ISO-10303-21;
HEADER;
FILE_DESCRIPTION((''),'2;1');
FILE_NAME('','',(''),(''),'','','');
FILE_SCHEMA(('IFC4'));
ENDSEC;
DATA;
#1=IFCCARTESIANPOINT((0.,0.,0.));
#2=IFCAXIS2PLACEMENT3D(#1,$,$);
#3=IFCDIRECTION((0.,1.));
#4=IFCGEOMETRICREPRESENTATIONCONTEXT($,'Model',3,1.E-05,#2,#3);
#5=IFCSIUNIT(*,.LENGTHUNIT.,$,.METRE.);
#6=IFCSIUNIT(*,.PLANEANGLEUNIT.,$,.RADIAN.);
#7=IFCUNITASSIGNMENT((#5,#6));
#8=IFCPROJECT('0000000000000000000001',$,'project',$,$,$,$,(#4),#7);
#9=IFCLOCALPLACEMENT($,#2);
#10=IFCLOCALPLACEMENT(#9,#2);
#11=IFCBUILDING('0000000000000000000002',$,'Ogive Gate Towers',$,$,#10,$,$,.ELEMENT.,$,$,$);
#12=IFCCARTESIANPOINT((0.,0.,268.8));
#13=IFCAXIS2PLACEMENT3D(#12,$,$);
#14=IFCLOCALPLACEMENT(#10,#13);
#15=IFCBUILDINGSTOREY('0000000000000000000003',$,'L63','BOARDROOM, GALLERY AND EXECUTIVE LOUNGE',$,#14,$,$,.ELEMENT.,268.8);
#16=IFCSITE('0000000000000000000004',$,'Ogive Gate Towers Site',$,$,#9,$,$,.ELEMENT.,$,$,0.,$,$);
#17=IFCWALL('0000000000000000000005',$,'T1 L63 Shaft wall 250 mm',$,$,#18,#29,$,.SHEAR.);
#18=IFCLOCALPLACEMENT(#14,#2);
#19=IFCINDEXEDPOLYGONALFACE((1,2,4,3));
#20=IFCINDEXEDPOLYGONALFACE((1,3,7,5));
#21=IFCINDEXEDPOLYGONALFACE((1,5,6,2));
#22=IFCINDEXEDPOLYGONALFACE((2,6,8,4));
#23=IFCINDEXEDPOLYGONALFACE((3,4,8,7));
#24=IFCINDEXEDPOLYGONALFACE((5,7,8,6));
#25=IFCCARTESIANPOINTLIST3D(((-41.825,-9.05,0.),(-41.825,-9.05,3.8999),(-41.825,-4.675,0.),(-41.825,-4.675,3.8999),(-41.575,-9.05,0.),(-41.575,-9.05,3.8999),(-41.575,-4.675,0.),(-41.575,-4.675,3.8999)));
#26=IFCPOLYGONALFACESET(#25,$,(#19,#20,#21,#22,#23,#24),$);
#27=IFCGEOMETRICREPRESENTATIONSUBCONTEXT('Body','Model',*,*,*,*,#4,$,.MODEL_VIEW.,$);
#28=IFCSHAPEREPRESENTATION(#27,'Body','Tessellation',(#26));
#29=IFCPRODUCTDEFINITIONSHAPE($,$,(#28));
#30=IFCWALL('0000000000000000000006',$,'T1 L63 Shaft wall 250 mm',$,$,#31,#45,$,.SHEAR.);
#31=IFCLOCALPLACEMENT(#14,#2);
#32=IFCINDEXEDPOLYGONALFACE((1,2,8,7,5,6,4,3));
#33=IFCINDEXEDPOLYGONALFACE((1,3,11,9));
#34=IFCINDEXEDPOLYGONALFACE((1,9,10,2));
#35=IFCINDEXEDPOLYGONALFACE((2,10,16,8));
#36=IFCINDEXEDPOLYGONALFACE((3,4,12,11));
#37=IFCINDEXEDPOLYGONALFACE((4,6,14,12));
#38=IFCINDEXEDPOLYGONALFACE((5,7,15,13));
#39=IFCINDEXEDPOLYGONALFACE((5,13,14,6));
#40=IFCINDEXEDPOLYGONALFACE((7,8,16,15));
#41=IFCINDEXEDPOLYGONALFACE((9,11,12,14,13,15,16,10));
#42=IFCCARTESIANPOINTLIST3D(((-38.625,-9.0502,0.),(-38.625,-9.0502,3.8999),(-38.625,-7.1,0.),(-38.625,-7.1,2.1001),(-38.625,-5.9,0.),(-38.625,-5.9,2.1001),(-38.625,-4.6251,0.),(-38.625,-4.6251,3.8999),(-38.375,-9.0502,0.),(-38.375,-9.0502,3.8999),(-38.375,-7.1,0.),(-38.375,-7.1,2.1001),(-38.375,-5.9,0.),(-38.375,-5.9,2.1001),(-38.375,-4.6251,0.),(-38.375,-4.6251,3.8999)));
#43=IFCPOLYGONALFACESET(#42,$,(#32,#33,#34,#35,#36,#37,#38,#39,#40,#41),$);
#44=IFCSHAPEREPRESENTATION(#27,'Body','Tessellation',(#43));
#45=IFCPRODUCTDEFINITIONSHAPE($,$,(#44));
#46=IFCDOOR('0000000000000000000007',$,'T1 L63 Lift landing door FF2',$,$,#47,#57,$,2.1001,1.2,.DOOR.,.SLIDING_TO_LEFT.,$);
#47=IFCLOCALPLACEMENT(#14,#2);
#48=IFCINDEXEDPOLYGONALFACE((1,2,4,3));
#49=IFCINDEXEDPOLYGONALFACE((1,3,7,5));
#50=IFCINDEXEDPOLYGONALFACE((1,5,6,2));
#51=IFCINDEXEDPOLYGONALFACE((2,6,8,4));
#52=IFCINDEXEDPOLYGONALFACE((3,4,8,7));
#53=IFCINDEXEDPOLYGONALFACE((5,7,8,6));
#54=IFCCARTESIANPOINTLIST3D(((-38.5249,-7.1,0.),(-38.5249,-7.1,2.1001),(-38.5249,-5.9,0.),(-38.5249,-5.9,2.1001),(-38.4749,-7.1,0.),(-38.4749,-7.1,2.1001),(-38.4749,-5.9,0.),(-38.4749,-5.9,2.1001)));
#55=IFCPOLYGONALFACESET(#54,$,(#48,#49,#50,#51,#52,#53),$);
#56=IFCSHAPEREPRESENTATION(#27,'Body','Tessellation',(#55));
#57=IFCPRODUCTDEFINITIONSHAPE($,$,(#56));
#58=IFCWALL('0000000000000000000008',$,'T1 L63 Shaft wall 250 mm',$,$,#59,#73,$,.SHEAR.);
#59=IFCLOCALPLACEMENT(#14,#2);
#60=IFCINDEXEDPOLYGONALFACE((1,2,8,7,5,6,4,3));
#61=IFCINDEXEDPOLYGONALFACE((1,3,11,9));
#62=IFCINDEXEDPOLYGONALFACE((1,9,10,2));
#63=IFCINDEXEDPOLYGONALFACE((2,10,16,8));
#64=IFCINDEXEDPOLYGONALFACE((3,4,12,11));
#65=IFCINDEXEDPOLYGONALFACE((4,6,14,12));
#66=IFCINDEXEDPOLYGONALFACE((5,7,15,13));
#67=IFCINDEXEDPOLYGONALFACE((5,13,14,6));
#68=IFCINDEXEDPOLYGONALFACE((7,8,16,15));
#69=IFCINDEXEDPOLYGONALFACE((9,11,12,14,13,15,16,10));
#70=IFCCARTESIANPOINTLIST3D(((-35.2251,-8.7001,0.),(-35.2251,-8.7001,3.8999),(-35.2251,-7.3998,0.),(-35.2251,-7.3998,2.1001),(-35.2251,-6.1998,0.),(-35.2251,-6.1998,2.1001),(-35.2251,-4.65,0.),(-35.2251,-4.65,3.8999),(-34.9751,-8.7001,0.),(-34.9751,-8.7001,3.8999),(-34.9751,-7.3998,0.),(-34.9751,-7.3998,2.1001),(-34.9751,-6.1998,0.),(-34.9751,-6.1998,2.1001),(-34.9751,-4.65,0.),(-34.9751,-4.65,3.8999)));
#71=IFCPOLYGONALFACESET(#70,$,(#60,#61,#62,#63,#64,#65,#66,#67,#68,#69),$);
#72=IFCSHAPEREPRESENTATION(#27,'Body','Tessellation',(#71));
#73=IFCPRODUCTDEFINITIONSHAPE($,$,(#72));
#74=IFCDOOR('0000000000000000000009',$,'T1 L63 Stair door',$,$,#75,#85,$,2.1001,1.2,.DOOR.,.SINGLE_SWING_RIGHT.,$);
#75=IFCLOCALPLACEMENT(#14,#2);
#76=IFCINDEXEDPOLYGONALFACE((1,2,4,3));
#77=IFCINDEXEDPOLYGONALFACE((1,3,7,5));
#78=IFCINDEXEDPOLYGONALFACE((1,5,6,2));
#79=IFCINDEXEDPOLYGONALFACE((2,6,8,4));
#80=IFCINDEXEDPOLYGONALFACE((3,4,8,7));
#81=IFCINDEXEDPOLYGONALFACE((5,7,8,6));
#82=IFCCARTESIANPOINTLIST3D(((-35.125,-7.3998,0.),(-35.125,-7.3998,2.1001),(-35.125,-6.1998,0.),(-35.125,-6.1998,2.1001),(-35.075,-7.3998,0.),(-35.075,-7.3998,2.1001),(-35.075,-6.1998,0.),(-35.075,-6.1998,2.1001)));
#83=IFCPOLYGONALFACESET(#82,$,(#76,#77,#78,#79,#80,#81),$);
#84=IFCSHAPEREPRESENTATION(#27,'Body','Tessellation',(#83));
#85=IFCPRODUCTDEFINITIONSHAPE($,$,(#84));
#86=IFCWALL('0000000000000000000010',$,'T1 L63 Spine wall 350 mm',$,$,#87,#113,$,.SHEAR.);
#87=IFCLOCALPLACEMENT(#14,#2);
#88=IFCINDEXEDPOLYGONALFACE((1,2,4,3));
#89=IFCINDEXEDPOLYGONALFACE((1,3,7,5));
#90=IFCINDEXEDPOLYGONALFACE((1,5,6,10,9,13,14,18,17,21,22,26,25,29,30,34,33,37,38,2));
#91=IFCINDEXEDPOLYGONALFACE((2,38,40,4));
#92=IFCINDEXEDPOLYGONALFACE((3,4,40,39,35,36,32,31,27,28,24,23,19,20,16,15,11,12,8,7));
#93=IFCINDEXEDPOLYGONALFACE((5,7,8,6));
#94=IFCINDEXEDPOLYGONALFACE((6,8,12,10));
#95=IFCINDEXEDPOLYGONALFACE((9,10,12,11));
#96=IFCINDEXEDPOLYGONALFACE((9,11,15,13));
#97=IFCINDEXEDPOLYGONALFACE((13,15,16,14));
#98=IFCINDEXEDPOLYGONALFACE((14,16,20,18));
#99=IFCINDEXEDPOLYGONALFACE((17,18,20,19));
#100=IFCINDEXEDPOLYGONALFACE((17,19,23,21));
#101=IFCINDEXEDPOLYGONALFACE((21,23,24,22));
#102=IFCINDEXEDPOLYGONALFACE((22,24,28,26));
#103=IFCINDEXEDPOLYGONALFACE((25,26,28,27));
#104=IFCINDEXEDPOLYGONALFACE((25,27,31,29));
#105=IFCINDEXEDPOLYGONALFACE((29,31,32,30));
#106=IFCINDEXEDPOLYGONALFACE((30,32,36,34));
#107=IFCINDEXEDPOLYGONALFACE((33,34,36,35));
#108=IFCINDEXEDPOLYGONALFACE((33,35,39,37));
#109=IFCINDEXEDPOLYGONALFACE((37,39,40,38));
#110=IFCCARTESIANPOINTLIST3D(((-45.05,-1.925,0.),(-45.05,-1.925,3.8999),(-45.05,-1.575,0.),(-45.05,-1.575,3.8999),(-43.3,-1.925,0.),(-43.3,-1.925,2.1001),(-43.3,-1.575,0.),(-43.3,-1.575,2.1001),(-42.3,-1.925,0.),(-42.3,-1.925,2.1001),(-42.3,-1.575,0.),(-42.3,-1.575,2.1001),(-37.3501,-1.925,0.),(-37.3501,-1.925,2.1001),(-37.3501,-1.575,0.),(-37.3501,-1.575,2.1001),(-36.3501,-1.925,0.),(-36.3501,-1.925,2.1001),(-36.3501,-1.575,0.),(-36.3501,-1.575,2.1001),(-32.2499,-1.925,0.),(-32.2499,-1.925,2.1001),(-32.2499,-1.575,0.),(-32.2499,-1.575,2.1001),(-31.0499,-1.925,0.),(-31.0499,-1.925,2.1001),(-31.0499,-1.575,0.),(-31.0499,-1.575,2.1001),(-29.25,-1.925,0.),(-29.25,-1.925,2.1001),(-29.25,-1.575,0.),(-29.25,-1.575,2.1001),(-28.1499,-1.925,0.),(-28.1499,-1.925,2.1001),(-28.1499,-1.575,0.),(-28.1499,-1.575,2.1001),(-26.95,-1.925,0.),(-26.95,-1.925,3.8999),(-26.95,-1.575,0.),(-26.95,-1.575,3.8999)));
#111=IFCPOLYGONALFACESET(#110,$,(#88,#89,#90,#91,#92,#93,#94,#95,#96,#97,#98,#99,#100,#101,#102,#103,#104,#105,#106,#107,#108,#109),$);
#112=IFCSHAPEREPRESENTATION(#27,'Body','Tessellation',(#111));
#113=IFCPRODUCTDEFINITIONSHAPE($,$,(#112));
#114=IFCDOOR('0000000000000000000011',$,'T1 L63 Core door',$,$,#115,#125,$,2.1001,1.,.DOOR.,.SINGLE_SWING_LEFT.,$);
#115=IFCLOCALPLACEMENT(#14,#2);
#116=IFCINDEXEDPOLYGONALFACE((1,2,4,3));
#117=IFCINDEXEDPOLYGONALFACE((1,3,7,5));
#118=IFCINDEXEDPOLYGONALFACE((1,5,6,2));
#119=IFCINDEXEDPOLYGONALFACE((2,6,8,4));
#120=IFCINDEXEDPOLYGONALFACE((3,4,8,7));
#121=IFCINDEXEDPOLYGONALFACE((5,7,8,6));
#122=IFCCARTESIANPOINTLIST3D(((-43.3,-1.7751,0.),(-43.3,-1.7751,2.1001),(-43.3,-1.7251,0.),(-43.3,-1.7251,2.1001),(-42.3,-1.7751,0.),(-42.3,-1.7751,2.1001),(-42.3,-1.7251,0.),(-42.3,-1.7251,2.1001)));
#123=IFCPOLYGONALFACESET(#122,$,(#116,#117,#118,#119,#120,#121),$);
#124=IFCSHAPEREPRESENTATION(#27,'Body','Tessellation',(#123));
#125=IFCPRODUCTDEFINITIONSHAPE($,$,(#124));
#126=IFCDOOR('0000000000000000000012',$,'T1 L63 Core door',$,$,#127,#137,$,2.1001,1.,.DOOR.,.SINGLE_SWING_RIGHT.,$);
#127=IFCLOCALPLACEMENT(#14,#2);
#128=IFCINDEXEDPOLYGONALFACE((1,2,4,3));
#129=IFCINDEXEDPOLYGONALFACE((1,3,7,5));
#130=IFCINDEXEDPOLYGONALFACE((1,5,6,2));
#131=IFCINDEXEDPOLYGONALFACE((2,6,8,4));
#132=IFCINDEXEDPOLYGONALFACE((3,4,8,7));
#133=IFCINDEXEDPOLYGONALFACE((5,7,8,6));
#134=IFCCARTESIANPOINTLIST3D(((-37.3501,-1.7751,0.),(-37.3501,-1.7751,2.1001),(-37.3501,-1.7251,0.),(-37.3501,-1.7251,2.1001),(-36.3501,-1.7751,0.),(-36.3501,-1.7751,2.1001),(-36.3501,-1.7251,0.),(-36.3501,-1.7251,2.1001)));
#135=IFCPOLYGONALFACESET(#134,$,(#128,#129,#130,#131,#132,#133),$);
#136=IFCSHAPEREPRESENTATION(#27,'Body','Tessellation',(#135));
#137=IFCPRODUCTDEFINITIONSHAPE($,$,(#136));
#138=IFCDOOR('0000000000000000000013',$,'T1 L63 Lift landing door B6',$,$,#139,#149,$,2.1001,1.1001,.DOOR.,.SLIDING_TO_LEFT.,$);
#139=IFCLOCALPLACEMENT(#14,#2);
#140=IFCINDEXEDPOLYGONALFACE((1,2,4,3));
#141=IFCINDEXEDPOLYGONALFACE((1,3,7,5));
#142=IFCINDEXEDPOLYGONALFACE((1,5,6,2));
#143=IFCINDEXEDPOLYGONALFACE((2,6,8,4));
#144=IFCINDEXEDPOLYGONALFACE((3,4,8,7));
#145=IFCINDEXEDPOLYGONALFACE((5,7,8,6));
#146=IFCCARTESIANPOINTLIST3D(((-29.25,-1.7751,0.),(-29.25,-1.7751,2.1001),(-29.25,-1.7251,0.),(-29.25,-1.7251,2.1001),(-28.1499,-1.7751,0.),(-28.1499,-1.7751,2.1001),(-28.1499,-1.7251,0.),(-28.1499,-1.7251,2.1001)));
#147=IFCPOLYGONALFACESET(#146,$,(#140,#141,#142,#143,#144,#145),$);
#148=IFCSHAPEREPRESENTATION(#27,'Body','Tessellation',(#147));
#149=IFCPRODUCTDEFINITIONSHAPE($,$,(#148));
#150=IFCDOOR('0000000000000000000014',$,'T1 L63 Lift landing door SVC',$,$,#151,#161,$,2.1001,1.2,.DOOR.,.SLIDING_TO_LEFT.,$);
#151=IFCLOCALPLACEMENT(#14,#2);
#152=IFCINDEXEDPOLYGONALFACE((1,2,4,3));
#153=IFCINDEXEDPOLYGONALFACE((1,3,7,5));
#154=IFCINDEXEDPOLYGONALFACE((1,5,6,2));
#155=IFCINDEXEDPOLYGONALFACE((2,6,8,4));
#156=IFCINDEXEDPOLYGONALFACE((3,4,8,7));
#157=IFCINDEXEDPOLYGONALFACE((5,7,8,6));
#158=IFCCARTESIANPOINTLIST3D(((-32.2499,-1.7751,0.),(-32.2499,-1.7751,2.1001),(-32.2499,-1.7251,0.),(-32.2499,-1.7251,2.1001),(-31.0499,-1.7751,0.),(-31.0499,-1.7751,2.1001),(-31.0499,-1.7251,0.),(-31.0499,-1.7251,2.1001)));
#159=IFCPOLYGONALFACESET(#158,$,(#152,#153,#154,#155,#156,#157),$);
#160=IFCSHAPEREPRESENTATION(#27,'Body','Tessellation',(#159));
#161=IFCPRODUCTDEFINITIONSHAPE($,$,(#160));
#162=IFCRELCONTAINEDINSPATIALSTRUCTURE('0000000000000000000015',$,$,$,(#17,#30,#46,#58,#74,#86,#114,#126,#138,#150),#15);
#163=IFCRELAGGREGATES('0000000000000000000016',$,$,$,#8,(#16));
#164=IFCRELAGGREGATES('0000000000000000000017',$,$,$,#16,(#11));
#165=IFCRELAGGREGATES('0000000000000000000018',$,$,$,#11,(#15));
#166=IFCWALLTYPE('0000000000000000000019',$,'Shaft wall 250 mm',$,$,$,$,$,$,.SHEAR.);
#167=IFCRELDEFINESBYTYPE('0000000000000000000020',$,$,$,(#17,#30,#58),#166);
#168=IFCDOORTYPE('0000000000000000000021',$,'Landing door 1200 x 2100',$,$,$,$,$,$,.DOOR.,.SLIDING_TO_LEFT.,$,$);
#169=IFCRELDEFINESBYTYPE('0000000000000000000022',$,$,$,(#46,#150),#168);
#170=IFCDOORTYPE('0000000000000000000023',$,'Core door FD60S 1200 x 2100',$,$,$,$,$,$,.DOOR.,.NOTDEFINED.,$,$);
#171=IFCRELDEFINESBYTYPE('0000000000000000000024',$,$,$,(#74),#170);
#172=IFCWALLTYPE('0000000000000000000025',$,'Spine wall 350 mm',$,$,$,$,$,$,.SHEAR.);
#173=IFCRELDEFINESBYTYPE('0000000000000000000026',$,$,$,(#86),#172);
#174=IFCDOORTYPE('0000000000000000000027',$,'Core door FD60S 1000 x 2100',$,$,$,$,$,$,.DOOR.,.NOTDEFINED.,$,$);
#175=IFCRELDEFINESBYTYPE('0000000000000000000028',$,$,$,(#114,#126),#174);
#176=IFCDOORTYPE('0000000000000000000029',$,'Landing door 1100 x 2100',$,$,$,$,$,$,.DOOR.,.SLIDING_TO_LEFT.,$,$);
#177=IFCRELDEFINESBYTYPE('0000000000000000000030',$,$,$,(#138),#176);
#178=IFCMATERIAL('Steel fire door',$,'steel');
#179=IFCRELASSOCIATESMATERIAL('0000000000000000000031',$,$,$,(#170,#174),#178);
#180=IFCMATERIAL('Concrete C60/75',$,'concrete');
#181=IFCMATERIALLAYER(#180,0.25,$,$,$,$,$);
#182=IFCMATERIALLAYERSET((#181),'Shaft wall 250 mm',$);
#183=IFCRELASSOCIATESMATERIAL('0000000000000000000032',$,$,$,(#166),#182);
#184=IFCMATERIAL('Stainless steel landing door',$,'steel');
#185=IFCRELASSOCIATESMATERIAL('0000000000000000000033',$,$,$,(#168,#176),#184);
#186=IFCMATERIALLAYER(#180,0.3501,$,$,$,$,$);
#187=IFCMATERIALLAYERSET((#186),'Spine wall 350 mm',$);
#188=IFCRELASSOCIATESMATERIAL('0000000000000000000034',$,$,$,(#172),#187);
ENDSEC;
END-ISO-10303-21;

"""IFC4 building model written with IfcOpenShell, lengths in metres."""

from ifc_helpers import new_model, si_unit, direction, frame, frame_2d, origin, place, context, subcontext, project, spatial, rectangle, extrude, material, layer, layer_set, type_object, element, fill, save


model = new_model("IFC4")

# Units and contexts
model_context = context("Model", 3, precision=1e-05, world=origin(), true_north=direction((0.0, 1.0)))
body_context = subcontext(model_context, "Body", "Model", "MODEL_VIEW")
ifc_project = project(units=[si_unit("LENGTHUNIT", "METRE"), si_unit("PLANEANGLEUNIT", "RADIAN")], contexts=[model_context])

# Site, building, storey
site_placement = place(None, origin())
site = spatial("IfcSite", under=ifc_project, at=site_placement, Name="Ogive Gate Towers Site", CompositionType="ELEMENT", RefElevation=0.0)
building_placement = place(site_placement, origin())
building = spatial("IfcBuilding", under=site, at=building_placement, Name="Ogive Gate Towers", CompositionType="ELEMENT")
storey_placement = place(building_placement, frame((0.0, 0.0, 268.8)))
storey = spatial("IfcBuildingStorey", under=building, at=storey_placement, Name="L63", Description="BOARDROOM, GALLERY AND EXECUTIVE LOUNGE", CompositionType="ELEMENT", Elevation=268.8)

# Shared definitions
ifc_material_1 = material(Name="Concrete C60/75", Category="concrete")
ifc_material_2 = material(Name="Steel fire door", Category="steel")
door_type_1 = type_object("IfcDoorType", Name="Core door FD60S 1200 x 2100", OperationType="NOTDEFINED", PredefinedType="DOOR", material=ifc_material_2)

# Wall
ifc_layer_1 = layer(ifc_material_1, 0.25)
ifc_layer_set_1 = layer_set([ifc_layer_1], Name="Shaft wall 250 mm")
wall_type_1 = type_object("IfcWallType", Name="Shaft wall 250 mm", PredefinedType="SHEAR", material=ifc_layer_set_1)
wall_1_placement = place(storey_placement, frame((-41.7, -9.05, 0.0), z_axis=(0.0, 0.0, 1.0), x_axis=(0.0, 1.0, 0.0)))
element("IfcWall", 1, at=wall_1_placement, inside=storey, type_object=wall_type_1, Name="T1 L63 Shaft wall 250 mm", PredefinedType="SHEAR", context=body_context, shape_type="SweptSolid", body=[
    extrude(rectangle(XDim=4.375, YDim=0.25, at=frame_2d((2.1875, 0.0))), origin(), (0.0, 0.0, 1.0), 3.8999),
])

# Walls, openings, doors
wall_2_placement = place(storey_placement, frame((-38.5, -9.05, 0.0), z_axis=(0.0, 0.0, 1.0), x_axis=(0.0, 1.0, 0.0)))
wall_2 = element("IfcWall", 2, at=wall_2_placement, inside=storey, type_object=wall_type_1, Name="T1 L63 Shaft wall 250 mm", PredefinedType="SHEAR", context=body_context, shape_type="SweptSolid", body=[
    extrude(rectangle(XDim=4.425, YDim=0.25, at=frame_2d((2.2124, 0.0))), origin(), (0.0, 0.0, 1.0), 3.8999),
])
opening_1_placement = place(wall_2_placement, frame((1.95, 0.0, 0.0)))
opening_1 = element("IfcOpeningElement", 3, at=opening_1_placement, cuts=wall_2, PredefinedType="OPENING", context=body_context, shape_type="SweptSolid", body=[
    extrude(rectangle(XDim=1.2, YDim=2.1001, at=frame_2d((0.6001, 1.05))), frame((0.0, 0.135, 0.0), z_axis=(0.0, -1.0, 0.0), x_axis=(1.0, 0.0, 0.0)), (0.0, 0.0, 1.0), 0.27),
])
ifc_material_3 = material(Name="Stainless steel landing door", Category="steel")
door_type_2 = type_object("IfcDoorType", Name="Landing door 1200 x 2100", OperationType="SLIDING_TO_LEFT", PredefinedType="DOOR", material=ifc_material_3)
door_1_placement = place(opening_1_placement, origin())
door_1 = element("IfcDoor", 4, at=door_1_placement, inside=storey, type_object=door_type_2, Name="T1 L63 Lift landing door FF2", OperationType="SLIDING_TO_LEFT", OverallHeight=2.1001, OverallWidth=1.2, PredefinedType="DOOR", context=body_context, shape_type="SweptSolid", body=[
    extrude(rectangle(XDim=1.2, YDim=2.1001, at=frame_2d((0.6001, 1.05))), frame((0.0, 0.0249, 0.0), z_axis=(0.0, -1.0, 0.0), x_axis=(1.0, 0.0, 0.0)), (0.0, 0.0, 1.0), 0.05),
])
fill(opening_1, door_1)
wall_3_placement = place(storey_placement, frame((-35.1001, -8.7, 0.0), z_axis=(0.0, 0.0, 1.0), x_axis=(0.0, 1.0, 0.0)))
wall_3 = element("IfcWall", 5, at=wall_3_placement, inside=storey, type_object=wall_type_1, Name="T1 L63 Shaft wall 250 mm", PredefinedType="SHEAR", context=body_context, shape_type="SweptSolid", body=[
    extrude(rectangle(XDim=4.05, YDim=0.25, at=frame_2d((2.0249, 0.0))), origin(), (0.0, 0.0, 1.0), 3.8999),
])
opening_2_placement = place(wall_3_placement, frame((1.3, 0.0, 0.0)))
opening_2 = element("IfcOpeningElement", 6, at=opening_2_placement, cuts=wall_3, PredefinedType="OPENING", context=body_context, shape_type="SweptSolid", body=[
    extrude(rectangle(XDim=1.2, YDim=2.1001, at=frame_2d((0.6001, 1.05))), frame((0.0, 0.135, 0.0), z_axis=(0.0, -1.0, 0.0), x_axis=(1.0, 0.0, 0.0)), (0.0, 0.0, 1.0), 0.27),
])
door_2_placement = place(opening_2_placement, origin())
door_2 = element("IfcDoor", 7, at=door_2_placement, inside=storey, type_object=door_type_1, Name="T1 L63 Stair door", OperationType="SINGLE_SWING_RIGHT", OverallHeight=2.1001, OverallWidth=1.2, PredefinedType="DOOR", context=body_context, shape_type="SweptSolid", body=[
    extrude(rectangle(XDim=1.2, YDim=2.1001, at=frame_2d((0.6001, 1.05))), frame((0.0, 0.0249, 0.0), z_axis=(0.0, -1.0, 0.0), x_axis=(1.0, 0.0, 0.0)), (0.0, 0.0, 1.0), 0.05),
])
fill(opening_2, door_2)

# Wall, openings, doors
ifc_layer_2 = layer(ifc_material_1, 0.3501)
ifc_layer_set_2 = layer_set([ifc_layer_2], Name="Spine wall 350 mm")
wall_type_2 = type_object("IfcWallType", Name="Spine wall 350 mm", PredefinedType="SHEAR", material=ifc_layer_set_2)
wall_4_placement = place(storey_placement, frame((-45.05, -1.75, 0.0), z_axis=(0.0, 0.0, 1.0), x_axis=(1.0, 0.0, 0.0)))
wall_4 = element("IfcWall", 8, at=wall_4_placement, inside=storey, type_object=wall_type_2, Name="T1 L63 Spine wall 350 mm", PredefinedType="SHEAR", context=body_context, shape_type="SweptSolid", body=[
    extrude(rectangle(XDim=18.1001, YDim=0.3501, at=frame_2d((9.05, 0.0))), origin(), (0.0, 0.0, 1.0), 3.8999),
])
opening_3_placement = place(wall_4_placement, frame((12.8, 0.0, 0.0)))
opening_3 = element("IfcOpeningElement", 9, at=opening_3_placement, cuts=wall_4, PredefinedType="OPENING", context=body_context, shape_type="SweptSolid", body=[
    extrude(rectangle(XDim=1.2, YDim=2.1001, at=frame_2d((0.6001, 1.05))), frame((0.0, 0.1851, 0.0), z_axis=(0.0, -1.0, 0.0), x_axis=(1.0, 0.0, 0.0)), (0.0, 0.0, 1.0), 0.3701),
])
opening_4_placement = place(wall_4_placement, frame((15.8, 0.0, 0.0)))
opening_4 = element("IfcOpeningElement", 10, at=opening_4_placement, cuts=wall_4, PredefinedType="OPENING", context=body_context, shape_type="SweptSolid", body=[
    extrude(rectangle(XDim=1.1001, YDim=2.1001, at=frame_2d((0.55, 1.05))), frame((0.0, 0.1851, 0.0), z_axis=(0.0, -1.0, 0.0), x_axis=(1.0, 0.0, 0.0)), (0.0, 0.0, 1.0), 0.3701),
])
opening_5_placement = place(wall_4_placement, frame((1.75, 0.0, 0.0)))
opening_5 = element("IfcOpeningElement", 11, at=opening_5_placement, cuts=wall_4, PredefinedType="OPENING", context=body_context, shape_type="SweptSolid", body=[
    extrude(rectangle(XDim=1.0, YDim=2.1001, at=frame_2d((0.5, 1.05))), frame((0.0, 0.1851, 0.0), z_axis=(0.0, -1.0, 0.0), x_axis=(1.0, 0.0, 0.0)), (0.0, 0.0, 1.0), 0.3701),
])
opening_6_placement = place(wall_4_placement, frame((7.7, 0.0, 0.0)))
opening_6 = element("IfcOpeningElement", 12, at=opening_6_placement, cuts=wall_4, PredefinedType="OPENING", context=body_context, shape_type="SweptSolid", body=[
    extrude(rectangle(XDim=1.0, YDim=2.1001, at=frame_2d((0.5, 1.05))), frame((0.0, 0.1851, 0.0), z_axis=(0.0, -1.0, 0.0), x_axis=(1.0, 0.0, 0.0)), (0.0, 0.0, 1.0), 0.3701),
])
door_type_3 = type_object("IfcDoorType", Name="Core door FD60S 1000 x 2100", OperationType="NOTDEFINED", PredefinedType="DOOR", material=ifc_material_2)
door_3_placement = place(opening_5_placement, origin())
door_3 = element("IfcDoor", 13, at=door_3_placement, inside=storey, type_object=door_type_3, Name="T1 L63 Core door", OperationType="SINGLE_SWING_LEFT", OverallHeight=2.1001, OverallWidth=1.0, PredefinedType="DOOR", context=body_context, shape_type="SweptSolid", body=[
    extrude(rectangle(XDim=1.0, YDim=2.1001, at=frame_2d((0.5, 1.05))), frame((0.0, 0.0249, 0.0), z_axis=(0.0, -1.0, 0.0), x_axis=(1.0, 0.0, 0.0)), (0.0, 0.0, 1.0), 0.05),
])
fill(opening_5, door_3)
door_4_placement = place(opening_6_placement, origin())
door_4 = element("IfcDoor", 14, at=door_4_placement, inside=storey, type_object=door_type_3, Name="T1 L63 Core door", OperationType="SINGLE_SWING_RIGHT", OverallHeight=2.1001, OverallWidth=1.0, PredefinedType="DOOR", context=body_context, shape_type="SweptSolid", body=[
    extrude(rectangle(XDim=1.0, YDim=2.1001, at=frame_2d((0.5, 1.05))), frame((0.0, 0.0249, 0.0), z_axis=(0.0, -1.0, 0.0), x_axis=(1.0, 0.0, 0.0)), (0.0, 0.0, 1.0), 0.05),
])
fill(opening_6, door_4)
door_type_4 = type_object("IfcDoorType", Name="Landing door 1100 x 2100", OperationType="SLIDING_TO_LEFT", PredefinedType="DOOR", material=ifc_material_3)
door_5_placement = place(opening_4_placement, origin())
door_5 = element("IfcDoor", 15, at=door_5_placement, inside=storey, type_object=door_type_4, Name="T1 L63 Lift landing door B6", OperationType="SLIDING_TO_LEFT", OverallHeight=2.1001, OverallWidth=1.1001, PredefinedType="DOOR", context=body_context, shape_type="SweptSolid", body=[
    extrude(rectangle(XDim=1.1001, YDim=2.1001, at=frame_2d((0.55, 1.05))), frame((0.0, 0.0249, 0.0), z_axis=(0.0, -1.0, 0.0), x_axis=(1.0, 0.0, 0.0)), (0.0, 0.0, 1.0), 0.05),
])
fill(opening_4, door_5)
door_6_placement = place(opening_3_placement, origin())
door_6 = element("IfcDoor", 16, at=door_6_placement, inside=storey, type_object=door_type_2, Name="T1 L63 Lift landing door SVC", OperationType="SLIDING_TO_LEFT", OverallHeight=2.1001, OverallWidth=1.2, PredefinedType="DOOR", context=body_context, shape_type="SweptSolid", body=[
    extrude(rectangle(XDim=1.2, YDim=2.1001, at=frame_2d((0.6001, 1.05))), frame((0.0, 0.0249, 0.0), z_axis=(0.0, -1.0, 0.0), x_axis=(1.0, 0.0, 0.0)), (0.0, 0.0, 1.0), 0.05),
])
fill(opening_3, door_6)

save(model, "model.ifc")
